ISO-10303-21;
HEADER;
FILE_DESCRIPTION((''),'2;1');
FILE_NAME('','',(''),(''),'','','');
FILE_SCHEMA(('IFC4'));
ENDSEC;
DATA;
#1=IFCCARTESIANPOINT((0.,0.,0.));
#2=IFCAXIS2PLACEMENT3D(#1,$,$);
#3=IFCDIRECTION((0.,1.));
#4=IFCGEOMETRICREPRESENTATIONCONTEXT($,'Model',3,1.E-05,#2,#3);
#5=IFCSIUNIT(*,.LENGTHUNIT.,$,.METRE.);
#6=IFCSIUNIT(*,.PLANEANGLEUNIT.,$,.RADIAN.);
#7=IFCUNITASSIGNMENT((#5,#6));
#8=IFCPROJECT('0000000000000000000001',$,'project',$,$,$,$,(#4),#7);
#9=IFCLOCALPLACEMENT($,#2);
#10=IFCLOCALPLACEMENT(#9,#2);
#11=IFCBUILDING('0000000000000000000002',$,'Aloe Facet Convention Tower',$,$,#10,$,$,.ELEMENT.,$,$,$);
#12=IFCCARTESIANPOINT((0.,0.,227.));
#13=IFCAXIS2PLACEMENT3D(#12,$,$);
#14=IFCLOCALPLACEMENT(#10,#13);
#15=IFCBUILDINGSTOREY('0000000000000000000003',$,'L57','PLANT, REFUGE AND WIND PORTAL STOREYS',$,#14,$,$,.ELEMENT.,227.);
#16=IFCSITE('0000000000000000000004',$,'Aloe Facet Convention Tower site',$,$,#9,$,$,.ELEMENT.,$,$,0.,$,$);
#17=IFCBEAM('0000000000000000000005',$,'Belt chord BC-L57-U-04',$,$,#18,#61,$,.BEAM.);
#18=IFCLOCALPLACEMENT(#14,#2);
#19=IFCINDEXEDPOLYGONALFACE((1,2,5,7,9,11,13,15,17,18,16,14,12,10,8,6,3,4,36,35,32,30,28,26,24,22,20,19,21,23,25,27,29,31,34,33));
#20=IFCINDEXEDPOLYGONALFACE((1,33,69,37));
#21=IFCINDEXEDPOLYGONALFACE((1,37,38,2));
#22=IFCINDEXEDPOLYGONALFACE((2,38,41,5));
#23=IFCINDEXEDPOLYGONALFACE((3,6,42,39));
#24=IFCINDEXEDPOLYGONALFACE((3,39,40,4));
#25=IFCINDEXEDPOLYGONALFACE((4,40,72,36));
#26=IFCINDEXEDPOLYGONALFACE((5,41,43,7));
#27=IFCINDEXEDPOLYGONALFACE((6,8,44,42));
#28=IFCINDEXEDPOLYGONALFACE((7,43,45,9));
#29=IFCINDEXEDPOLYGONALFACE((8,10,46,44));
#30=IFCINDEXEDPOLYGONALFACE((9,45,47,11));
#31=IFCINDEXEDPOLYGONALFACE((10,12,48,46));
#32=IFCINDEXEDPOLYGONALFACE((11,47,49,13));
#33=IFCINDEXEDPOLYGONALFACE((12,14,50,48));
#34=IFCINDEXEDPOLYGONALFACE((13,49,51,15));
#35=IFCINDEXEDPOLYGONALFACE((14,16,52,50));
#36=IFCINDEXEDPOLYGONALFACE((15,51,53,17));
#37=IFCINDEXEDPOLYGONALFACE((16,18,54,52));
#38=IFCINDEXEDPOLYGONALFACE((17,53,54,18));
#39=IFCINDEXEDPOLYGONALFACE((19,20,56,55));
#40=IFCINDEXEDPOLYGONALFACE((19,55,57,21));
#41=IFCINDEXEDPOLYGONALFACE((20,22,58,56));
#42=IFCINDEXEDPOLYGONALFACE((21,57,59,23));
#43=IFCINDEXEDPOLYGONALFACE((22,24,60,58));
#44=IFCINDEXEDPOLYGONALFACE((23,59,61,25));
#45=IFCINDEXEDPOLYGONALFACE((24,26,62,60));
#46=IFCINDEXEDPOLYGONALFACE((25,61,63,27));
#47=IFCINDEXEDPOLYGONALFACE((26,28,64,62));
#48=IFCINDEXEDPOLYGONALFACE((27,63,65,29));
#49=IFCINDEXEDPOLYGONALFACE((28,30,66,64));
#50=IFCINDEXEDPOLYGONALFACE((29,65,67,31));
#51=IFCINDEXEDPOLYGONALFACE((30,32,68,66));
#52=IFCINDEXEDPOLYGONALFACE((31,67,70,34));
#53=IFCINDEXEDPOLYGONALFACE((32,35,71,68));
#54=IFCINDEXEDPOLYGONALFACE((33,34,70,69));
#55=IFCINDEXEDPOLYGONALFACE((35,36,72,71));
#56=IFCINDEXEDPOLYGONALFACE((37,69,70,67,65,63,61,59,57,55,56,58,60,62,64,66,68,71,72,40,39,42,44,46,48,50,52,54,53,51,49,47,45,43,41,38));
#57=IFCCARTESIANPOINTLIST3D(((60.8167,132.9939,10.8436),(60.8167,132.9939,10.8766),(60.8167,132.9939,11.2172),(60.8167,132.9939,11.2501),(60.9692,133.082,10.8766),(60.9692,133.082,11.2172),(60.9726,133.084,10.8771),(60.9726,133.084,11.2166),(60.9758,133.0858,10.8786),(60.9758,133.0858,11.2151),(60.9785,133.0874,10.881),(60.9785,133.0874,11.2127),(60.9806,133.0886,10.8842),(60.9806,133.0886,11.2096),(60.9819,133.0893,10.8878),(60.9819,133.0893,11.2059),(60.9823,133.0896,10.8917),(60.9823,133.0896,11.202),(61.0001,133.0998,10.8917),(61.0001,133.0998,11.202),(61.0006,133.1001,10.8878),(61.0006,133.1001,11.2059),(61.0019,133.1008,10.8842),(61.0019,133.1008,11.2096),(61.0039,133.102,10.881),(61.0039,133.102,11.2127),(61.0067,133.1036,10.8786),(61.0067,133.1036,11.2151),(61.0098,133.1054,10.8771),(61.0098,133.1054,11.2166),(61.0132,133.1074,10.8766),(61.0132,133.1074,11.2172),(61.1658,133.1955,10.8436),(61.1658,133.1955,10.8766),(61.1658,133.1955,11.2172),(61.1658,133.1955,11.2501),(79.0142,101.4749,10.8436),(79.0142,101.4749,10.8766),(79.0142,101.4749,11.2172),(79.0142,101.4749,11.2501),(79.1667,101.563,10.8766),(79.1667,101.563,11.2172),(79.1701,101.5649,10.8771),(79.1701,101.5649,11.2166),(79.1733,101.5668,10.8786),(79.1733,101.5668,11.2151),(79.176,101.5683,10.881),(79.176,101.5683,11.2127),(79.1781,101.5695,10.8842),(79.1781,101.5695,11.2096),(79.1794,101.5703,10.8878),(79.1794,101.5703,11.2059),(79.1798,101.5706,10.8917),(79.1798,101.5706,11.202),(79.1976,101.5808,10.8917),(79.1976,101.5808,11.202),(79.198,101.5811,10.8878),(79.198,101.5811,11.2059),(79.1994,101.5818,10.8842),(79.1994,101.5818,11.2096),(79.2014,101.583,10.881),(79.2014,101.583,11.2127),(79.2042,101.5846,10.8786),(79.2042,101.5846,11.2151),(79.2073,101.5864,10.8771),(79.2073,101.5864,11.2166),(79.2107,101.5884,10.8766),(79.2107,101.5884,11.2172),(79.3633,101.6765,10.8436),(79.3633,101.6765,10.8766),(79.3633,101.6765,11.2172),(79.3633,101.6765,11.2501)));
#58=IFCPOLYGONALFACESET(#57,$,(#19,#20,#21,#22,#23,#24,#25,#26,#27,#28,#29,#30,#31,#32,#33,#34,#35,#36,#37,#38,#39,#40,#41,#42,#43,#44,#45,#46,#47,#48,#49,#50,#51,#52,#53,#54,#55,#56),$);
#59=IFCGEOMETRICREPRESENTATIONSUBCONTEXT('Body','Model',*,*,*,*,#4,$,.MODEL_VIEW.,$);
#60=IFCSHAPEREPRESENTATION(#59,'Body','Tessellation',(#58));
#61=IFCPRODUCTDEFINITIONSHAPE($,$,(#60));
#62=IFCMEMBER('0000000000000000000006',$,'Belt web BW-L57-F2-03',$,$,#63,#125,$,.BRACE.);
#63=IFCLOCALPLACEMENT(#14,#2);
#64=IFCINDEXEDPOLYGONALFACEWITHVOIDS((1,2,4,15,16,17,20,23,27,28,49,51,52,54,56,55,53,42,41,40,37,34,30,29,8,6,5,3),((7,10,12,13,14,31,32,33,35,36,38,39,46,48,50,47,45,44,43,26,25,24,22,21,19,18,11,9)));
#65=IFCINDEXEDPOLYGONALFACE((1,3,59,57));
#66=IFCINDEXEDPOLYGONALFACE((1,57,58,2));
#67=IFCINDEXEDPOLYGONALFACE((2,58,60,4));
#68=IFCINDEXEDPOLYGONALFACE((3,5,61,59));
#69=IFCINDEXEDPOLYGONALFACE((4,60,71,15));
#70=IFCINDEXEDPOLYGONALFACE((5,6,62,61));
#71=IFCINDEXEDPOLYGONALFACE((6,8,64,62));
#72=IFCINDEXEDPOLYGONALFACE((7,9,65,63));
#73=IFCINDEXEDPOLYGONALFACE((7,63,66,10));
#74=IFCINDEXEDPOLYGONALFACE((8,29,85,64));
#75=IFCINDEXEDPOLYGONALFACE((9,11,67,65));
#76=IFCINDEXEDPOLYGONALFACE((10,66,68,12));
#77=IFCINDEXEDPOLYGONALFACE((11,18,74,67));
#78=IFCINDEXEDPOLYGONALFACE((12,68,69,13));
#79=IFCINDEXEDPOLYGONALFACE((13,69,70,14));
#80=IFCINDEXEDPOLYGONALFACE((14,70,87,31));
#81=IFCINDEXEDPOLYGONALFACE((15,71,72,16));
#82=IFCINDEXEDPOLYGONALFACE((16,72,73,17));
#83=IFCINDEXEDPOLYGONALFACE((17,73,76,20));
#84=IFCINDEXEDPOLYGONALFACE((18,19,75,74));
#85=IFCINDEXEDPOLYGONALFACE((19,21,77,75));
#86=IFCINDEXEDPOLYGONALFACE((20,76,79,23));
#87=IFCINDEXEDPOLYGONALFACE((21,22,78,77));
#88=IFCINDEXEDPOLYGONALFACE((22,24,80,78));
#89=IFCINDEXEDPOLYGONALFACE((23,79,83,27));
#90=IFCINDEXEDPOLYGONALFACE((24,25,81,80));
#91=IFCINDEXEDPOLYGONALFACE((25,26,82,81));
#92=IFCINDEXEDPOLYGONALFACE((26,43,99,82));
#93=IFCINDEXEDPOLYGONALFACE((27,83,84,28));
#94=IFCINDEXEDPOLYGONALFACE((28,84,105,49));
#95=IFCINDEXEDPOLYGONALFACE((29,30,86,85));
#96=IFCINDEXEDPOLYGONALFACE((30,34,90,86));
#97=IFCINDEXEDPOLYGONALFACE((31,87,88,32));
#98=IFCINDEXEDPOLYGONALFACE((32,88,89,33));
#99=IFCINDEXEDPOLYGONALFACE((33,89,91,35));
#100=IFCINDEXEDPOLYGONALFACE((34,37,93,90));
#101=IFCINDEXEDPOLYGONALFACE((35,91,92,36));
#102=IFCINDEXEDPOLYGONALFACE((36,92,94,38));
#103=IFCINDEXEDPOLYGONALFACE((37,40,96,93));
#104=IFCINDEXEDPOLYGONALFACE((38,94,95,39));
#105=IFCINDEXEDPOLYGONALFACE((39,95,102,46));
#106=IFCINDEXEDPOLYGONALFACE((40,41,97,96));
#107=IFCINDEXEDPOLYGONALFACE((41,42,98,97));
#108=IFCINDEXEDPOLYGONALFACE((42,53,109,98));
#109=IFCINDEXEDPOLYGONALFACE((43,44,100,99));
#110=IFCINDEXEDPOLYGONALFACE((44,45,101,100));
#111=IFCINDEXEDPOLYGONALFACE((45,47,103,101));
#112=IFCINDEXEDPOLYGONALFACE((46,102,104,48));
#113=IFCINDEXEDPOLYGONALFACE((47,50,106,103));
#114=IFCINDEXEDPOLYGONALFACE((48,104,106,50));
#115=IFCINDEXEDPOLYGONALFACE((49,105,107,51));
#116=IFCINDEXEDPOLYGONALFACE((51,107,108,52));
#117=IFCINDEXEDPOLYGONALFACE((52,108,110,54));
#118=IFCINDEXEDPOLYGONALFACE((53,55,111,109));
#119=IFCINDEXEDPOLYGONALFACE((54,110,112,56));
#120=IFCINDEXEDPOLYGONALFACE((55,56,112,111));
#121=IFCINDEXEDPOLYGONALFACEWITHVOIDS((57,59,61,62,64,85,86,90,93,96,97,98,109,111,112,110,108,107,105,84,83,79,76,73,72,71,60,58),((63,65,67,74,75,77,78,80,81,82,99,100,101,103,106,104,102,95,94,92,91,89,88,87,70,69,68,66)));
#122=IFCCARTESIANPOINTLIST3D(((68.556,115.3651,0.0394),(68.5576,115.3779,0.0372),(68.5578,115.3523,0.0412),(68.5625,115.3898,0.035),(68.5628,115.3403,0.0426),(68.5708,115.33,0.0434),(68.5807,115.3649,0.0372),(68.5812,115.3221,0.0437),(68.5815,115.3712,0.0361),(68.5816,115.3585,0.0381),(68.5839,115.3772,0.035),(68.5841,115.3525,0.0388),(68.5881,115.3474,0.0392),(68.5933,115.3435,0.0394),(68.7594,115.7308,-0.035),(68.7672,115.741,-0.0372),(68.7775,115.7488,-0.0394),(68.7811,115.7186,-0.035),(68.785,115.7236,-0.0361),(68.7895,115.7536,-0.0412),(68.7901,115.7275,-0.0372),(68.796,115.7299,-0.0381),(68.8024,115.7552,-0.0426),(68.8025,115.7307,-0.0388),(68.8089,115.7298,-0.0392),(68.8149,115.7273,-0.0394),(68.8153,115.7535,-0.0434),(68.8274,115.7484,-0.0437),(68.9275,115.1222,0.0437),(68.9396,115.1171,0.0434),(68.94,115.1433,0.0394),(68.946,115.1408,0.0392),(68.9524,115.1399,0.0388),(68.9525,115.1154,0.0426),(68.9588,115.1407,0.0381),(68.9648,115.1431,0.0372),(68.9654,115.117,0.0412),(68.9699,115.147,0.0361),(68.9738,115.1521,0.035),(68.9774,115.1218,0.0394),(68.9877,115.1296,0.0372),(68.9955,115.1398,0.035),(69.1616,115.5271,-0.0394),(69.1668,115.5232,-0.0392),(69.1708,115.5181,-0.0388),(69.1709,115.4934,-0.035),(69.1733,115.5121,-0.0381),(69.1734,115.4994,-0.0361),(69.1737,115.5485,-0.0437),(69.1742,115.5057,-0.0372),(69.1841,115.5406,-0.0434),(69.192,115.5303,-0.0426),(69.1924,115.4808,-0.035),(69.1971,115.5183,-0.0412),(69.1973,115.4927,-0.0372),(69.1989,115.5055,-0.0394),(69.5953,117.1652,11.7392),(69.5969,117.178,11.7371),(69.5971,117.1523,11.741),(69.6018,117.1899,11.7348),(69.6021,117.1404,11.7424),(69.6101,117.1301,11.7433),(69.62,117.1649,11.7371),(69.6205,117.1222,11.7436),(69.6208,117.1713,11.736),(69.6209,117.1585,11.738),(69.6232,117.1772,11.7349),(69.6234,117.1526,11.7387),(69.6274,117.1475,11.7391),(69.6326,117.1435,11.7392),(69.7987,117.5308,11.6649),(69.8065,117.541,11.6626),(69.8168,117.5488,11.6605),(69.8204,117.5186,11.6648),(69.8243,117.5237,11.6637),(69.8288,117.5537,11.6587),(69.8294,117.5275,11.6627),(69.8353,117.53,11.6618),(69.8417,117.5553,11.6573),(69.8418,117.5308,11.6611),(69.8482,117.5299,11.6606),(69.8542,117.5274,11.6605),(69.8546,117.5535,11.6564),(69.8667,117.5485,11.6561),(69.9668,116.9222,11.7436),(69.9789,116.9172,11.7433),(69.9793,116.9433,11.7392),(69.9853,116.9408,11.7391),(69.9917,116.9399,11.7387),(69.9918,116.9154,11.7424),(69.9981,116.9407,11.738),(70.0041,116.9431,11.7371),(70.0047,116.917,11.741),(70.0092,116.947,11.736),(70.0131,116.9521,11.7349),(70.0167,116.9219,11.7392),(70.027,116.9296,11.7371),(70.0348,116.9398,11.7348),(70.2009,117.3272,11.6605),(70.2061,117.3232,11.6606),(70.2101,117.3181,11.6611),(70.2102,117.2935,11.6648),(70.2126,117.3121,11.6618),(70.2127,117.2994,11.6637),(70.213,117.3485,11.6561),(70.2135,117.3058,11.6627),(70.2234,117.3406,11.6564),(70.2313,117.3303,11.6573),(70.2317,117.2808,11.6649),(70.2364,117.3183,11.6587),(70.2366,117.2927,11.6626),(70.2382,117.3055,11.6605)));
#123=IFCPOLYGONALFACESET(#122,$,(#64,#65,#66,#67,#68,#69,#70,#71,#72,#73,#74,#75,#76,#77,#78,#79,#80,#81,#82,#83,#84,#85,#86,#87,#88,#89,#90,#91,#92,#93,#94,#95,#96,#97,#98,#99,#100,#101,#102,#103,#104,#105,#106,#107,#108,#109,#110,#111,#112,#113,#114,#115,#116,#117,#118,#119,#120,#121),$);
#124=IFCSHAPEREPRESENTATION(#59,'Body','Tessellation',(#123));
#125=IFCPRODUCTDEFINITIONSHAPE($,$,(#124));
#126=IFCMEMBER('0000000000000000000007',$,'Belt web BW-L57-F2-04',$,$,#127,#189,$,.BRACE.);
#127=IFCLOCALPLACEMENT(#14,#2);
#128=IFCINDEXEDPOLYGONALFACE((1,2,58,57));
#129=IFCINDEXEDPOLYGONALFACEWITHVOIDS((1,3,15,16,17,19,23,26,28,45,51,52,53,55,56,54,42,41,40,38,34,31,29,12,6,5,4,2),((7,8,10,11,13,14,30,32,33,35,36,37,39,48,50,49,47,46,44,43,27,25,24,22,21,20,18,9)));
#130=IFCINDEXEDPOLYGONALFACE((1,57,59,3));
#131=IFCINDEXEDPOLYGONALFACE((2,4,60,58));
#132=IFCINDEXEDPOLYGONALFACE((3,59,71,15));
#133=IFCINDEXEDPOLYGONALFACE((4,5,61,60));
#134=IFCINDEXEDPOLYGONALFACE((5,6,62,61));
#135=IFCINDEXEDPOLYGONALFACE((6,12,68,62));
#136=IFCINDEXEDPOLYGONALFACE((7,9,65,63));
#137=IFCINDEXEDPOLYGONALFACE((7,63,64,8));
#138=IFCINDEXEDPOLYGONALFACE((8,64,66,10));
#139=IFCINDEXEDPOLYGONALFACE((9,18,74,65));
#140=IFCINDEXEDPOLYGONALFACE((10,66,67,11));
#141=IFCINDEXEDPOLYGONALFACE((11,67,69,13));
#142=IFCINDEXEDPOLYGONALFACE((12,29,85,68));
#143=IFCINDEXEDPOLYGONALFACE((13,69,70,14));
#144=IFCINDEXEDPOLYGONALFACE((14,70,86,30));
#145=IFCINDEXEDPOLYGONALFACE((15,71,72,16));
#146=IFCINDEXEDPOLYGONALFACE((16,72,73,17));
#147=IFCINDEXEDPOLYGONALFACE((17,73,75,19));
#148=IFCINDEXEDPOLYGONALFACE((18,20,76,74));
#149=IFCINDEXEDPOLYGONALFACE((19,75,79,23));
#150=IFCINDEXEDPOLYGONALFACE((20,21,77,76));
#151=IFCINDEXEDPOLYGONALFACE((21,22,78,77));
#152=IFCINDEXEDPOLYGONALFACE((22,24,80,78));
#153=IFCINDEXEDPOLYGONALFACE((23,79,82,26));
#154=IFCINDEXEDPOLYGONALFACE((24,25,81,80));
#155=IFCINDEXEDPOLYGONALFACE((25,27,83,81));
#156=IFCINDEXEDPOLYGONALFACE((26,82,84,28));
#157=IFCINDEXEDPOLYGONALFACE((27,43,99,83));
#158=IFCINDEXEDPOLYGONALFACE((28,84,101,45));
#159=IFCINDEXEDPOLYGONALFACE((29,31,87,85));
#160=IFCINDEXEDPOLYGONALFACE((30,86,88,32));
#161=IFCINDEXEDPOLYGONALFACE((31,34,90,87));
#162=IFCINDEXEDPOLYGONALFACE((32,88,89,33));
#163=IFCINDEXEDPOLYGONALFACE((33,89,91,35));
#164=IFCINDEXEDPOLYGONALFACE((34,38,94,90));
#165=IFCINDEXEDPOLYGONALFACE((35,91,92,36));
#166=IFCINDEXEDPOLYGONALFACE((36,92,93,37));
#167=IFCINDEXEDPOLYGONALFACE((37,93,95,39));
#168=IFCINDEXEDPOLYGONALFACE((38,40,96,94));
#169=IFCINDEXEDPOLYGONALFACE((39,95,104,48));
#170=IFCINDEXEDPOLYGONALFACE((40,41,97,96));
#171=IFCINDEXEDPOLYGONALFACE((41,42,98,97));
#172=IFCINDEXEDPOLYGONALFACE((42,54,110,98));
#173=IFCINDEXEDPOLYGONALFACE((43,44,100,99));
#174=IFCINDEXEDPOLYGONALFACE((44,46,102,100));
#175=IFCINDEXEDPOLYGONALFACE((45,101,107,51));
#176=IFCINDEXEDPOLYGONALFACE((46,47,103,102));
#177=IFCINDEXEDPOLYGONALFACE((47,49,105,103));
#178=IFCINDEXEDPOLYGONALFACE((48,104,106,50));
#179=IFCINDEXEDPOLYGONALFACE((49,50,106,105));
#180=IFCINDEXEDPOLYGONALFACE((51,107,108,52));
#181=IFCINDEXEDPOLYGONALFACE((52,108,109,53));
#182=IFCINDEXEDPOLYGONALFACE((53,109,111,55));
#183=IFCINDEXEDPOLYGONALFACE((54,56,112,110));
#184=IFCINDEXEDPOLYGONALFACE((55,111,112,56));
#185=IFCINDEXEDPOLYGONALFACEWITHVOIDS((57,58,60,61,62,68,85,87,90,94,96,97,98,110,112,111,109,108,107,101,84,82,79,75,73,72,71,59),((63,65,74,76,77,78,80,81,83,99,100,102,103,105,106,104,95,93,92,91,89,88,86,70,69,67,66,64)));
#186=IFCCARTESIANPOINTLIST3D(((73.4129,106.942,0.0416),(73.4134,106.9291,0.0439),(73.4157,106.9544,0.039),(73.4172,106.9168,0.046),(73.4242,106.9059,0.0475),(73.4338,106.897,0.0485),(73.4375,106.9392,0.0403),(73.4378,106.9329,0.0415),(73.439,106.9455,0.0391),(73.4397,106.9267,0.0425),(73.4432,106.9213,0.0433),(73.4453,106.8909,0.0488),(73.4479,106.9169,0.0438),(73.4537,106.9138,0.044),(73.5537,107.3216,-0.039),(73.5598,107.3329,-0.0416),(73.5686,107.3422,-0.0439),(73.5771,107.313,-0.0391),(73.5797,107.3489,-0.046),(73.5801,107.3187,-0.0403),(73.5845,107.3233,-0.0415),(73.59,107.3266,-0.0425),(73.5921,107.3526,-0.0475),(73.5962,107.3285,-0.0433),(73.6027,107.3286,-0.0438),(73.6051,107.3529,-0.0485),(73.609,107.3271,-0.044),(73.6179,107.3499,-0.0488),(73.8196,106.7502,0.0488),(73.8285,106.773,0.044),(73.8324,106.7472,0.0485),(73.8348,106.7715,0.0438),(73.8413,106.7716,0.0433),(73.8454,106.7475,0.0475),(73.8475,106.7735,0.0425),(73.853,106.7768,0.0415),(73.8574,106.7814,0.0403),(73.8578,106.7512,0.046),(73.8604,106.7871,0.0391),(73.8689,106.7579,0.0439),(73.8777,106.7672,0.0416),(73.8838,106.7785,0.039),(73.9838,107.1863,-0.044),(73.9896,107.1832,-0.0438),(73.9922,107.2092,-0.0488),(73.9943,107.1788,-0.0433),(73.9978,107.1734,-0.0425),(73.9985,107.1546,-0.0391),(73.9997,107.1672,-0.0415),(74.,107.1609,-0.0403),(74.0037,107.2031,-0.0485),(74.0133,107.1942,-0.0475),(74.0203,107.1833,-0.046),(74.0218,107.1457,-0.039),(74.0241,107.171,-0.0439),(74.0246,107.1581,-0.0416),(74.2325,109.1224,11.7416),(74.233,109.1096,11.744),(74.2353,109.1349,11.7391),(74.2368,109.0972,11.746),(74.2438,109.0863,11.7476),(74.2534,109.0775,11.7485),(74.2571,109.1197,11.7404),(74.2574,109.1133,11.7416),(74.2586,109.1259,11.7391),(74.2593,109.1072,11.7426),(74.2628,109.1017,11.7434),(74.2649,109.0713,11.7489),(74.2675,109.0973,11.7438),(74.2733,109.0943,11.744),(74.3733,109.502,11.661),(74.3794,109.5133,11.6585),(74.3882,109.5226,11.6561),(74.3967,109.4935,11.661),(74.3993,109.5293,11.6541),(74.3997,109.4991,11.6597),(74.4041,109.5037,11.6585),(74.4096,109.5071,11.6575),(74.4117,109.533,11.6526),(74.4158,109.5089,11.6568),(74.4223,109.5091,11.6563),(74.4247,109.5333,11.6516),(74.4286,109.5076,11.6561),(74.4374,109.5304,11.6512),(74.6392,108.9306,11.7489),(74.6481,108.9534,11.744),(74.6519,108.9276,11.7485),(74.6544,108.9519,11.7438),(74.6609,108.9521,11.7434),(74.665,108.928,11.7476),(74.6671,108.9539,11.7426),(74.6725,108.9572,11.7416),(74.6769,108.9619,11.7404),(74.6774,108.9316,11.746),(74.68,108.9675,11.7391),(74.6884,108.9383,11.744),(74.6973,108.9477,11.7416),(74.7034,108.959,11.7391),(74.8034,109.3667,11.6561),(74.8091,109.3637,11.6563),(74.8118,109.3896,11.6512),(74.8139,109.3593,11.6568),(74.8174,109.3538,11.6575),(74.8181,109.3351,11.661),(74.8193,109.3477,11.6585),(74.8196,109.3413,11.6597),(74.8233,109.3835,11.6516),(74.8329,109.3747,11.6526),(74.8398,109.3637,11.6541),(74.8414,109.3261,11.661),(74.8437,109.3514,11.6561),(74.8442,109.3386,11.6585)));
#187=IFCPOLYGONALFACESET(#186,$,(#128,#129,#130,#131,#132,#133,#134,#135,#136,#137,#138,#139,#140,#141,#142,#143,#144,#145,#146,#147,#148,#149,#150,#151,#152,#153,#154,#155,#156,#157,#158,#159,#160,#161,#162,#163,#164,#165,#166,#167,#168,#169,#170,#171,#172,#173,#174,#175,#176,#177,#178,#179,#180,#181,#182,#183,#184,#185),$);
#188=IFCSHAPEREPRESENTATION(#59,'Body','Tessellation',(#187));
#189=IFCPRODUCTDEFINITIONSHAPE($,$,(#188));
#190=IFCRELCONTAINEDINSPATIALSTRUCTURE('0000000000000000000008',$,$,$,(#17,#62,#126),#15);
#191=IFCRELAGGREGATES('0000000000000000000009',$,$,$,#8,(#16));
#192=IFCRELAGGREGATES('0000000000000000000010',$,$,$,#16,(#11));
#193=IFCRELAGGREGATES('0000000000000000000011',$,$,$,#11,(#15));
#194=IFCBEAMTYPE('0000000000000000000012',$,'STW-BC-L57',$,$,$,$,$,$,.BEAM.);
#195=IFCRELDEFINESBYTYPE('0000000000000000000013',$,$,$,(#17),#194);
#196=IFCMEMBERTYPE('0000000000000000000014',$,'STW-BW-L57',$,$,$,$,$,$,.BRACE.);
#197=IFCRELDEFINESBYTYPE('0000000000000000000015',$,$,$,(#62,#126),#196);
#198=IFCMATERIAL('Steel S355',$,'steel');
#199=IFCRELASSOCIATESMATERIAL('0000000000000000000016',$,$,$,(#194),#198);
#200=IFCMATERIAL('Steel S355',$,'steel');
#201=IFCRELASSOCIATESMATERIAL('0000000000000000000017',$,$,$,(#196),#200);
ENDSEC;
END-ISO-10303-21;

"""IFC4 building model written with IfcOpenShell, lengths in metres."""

from ifc_helpers import new_model, si_unit, direction, frame, origin, origin_2d, place, context, subcontext, project, spatial, hollow_rectangle, i_section, extrude, material, material_profile, profile_set, type_object, element, save


model = new_model("IFC4")

# Units and contexts
model_context = context("Model", 3, precision=1e-05, world=origin(), true_north=direction((0.0, 1.0)))
body_context = subcontext(model_context, "Body", "Model", "MODEL_VIEW")
ifc_project = project(units=[si_unit("LENGTHUNIT", "METRE"), si_unit("PLANEANGLEUNIT", "RADIAN")], contexts=[model_context])

# Site, building, storey
site_placement = place(None, origin())
site = spatial("IfcSite", under=ifc_project, at=site_placement, Name="Aloe Facet Convention Tower site", CompositionType="ELEMENT", RefElevation=0.0)
building_placement = place(site_placement, origin())
building = spatial("IfcBuilding", under=site, at=building_placement, Name="Aloe Facet Convention Tower", CompositionType="ELEMENT")
storey_placement = place(building_placement, frame((0.0, 0.0, 227.0)))
storey = spatial("IfcBuildingStorey", under=building, at=storey_placement, Name="L57", Description="PLANT, REFUGE AND WIND PORTAL STOREYS", CompositionType="ELEMENT", Elevation=227.0)

# Beam
ifc_material_1 = material(Name="Steel S355", Category="steel")
ifc_material_profile_1 = material_profile(ifc_material_1, i_section(OverallWidth=0.4031, OverallDepth=0.4065, WebThickness=0.0205, FlangeThickness=0.033, FilletRadius=0.0151, at=origin_2d()), Name="UC 356x406x340")
ifc_profile_set_1 = profile_set([ifc_material_profile_1], Name="Steel S355")
beam_type_1 = type_object("IfcBeamType", Name="STW-BC-L57", PredefinedType="BEAM", material=ifc_profile_set_1)
beam_1_placement = place(storey_placement, frame((79.1887, 101.5757, 11.0469), z_axis=(-0.5, 0.866026, 0.0), x_axis=(-0.866026, -0.5, 0.0)))
element("IfcBeam", 1, at=beam_1_placement, inside=storey, type_object=beam_type_1, Name="Belt chord BC-L57-U-04", PredefinedType="BEAM", context=body_context, shape_type="SweptSolid", body=[
    extrude(i_section(OverallWidth=0.4031, OverallDepth=0.4065, WebThickness=0.0205, FlangeThickness=0.033, FilletRadius=0.0151, at=origin_2d()), origin(), (0.0, 0.0, 1.0), 36.395),
])

# Members
ifc_material_2 = material(Name="Steel S355", Category="steel")
ifc_material_profile_2 = material_profile(ifc_material_2, hollow_rectangle(XDim=0.5, YDim=0.5, WallThickness=0.0249, InnerFilletRadius=0.0249, OuterFilletRadius=0.05, at=origin_2d()), Name="SHS 500x500x25")
ifc_profile_set_2 = profile_set([ifc_material_profile_2], Name="Steel S355")
member_type_1 = type_object("IfcMemberType", Name="STW-BW-L57", PredefinedType="BRACE", material=ifc_profile_set_2)
member_1_placement = place(storey_placement, frame((68.8774, 115.4353, 0.0), z_axis=(0.087461, 0.151479, 0.984584), x_axis=(-0.866015, 0.500017, 0.0)))
element("IfcMember", 2, at=member_1_placement, inside=storey, type_object=member_type_1, Name="Belt web BW-L57-F2-03", PredefinedType="BRACE", context=body_context, shape_type="SweptSolid", body=[
    extrude(hollow_rectangle(XDim=0.5, YDim=0.5, WallThickness=0.0249, InnerFilletRadius=0.0249, OuterFilletRadius=0.05, at=origin_2d()), origin(), (0.0, 0.0, 1.0), 11.8831),
])
for number, where, z_axis, x_axis, name in (
    (3, (73.7188, 107.05, 0.0), (0.068702, 0.182774, 0.980752), (-0.936058, 0.351847, 0.0), "Belt web BW-L57-F2-04"),
):
    element("IfcMember", number, at=place(storey_placement, frame(where, z_axis=z_axis, x_axis=x_axis)), inside=storey, type_object=member_type_1, Name=name, PredefinedType="BRACE", context=body_context, shape_type="SweptSolid", body=[
        extrude(hollow_rectangle(XDim=0.5, YDim=0.5, WallThickness=0.0249, InnerFilletRadius=0.0249, OuterFilletRadius=0.05, at=origin_2d()), origin(), (0.0, 0.0, 1.0), 11.9297),
    ])

save(model, "model.ifc")
